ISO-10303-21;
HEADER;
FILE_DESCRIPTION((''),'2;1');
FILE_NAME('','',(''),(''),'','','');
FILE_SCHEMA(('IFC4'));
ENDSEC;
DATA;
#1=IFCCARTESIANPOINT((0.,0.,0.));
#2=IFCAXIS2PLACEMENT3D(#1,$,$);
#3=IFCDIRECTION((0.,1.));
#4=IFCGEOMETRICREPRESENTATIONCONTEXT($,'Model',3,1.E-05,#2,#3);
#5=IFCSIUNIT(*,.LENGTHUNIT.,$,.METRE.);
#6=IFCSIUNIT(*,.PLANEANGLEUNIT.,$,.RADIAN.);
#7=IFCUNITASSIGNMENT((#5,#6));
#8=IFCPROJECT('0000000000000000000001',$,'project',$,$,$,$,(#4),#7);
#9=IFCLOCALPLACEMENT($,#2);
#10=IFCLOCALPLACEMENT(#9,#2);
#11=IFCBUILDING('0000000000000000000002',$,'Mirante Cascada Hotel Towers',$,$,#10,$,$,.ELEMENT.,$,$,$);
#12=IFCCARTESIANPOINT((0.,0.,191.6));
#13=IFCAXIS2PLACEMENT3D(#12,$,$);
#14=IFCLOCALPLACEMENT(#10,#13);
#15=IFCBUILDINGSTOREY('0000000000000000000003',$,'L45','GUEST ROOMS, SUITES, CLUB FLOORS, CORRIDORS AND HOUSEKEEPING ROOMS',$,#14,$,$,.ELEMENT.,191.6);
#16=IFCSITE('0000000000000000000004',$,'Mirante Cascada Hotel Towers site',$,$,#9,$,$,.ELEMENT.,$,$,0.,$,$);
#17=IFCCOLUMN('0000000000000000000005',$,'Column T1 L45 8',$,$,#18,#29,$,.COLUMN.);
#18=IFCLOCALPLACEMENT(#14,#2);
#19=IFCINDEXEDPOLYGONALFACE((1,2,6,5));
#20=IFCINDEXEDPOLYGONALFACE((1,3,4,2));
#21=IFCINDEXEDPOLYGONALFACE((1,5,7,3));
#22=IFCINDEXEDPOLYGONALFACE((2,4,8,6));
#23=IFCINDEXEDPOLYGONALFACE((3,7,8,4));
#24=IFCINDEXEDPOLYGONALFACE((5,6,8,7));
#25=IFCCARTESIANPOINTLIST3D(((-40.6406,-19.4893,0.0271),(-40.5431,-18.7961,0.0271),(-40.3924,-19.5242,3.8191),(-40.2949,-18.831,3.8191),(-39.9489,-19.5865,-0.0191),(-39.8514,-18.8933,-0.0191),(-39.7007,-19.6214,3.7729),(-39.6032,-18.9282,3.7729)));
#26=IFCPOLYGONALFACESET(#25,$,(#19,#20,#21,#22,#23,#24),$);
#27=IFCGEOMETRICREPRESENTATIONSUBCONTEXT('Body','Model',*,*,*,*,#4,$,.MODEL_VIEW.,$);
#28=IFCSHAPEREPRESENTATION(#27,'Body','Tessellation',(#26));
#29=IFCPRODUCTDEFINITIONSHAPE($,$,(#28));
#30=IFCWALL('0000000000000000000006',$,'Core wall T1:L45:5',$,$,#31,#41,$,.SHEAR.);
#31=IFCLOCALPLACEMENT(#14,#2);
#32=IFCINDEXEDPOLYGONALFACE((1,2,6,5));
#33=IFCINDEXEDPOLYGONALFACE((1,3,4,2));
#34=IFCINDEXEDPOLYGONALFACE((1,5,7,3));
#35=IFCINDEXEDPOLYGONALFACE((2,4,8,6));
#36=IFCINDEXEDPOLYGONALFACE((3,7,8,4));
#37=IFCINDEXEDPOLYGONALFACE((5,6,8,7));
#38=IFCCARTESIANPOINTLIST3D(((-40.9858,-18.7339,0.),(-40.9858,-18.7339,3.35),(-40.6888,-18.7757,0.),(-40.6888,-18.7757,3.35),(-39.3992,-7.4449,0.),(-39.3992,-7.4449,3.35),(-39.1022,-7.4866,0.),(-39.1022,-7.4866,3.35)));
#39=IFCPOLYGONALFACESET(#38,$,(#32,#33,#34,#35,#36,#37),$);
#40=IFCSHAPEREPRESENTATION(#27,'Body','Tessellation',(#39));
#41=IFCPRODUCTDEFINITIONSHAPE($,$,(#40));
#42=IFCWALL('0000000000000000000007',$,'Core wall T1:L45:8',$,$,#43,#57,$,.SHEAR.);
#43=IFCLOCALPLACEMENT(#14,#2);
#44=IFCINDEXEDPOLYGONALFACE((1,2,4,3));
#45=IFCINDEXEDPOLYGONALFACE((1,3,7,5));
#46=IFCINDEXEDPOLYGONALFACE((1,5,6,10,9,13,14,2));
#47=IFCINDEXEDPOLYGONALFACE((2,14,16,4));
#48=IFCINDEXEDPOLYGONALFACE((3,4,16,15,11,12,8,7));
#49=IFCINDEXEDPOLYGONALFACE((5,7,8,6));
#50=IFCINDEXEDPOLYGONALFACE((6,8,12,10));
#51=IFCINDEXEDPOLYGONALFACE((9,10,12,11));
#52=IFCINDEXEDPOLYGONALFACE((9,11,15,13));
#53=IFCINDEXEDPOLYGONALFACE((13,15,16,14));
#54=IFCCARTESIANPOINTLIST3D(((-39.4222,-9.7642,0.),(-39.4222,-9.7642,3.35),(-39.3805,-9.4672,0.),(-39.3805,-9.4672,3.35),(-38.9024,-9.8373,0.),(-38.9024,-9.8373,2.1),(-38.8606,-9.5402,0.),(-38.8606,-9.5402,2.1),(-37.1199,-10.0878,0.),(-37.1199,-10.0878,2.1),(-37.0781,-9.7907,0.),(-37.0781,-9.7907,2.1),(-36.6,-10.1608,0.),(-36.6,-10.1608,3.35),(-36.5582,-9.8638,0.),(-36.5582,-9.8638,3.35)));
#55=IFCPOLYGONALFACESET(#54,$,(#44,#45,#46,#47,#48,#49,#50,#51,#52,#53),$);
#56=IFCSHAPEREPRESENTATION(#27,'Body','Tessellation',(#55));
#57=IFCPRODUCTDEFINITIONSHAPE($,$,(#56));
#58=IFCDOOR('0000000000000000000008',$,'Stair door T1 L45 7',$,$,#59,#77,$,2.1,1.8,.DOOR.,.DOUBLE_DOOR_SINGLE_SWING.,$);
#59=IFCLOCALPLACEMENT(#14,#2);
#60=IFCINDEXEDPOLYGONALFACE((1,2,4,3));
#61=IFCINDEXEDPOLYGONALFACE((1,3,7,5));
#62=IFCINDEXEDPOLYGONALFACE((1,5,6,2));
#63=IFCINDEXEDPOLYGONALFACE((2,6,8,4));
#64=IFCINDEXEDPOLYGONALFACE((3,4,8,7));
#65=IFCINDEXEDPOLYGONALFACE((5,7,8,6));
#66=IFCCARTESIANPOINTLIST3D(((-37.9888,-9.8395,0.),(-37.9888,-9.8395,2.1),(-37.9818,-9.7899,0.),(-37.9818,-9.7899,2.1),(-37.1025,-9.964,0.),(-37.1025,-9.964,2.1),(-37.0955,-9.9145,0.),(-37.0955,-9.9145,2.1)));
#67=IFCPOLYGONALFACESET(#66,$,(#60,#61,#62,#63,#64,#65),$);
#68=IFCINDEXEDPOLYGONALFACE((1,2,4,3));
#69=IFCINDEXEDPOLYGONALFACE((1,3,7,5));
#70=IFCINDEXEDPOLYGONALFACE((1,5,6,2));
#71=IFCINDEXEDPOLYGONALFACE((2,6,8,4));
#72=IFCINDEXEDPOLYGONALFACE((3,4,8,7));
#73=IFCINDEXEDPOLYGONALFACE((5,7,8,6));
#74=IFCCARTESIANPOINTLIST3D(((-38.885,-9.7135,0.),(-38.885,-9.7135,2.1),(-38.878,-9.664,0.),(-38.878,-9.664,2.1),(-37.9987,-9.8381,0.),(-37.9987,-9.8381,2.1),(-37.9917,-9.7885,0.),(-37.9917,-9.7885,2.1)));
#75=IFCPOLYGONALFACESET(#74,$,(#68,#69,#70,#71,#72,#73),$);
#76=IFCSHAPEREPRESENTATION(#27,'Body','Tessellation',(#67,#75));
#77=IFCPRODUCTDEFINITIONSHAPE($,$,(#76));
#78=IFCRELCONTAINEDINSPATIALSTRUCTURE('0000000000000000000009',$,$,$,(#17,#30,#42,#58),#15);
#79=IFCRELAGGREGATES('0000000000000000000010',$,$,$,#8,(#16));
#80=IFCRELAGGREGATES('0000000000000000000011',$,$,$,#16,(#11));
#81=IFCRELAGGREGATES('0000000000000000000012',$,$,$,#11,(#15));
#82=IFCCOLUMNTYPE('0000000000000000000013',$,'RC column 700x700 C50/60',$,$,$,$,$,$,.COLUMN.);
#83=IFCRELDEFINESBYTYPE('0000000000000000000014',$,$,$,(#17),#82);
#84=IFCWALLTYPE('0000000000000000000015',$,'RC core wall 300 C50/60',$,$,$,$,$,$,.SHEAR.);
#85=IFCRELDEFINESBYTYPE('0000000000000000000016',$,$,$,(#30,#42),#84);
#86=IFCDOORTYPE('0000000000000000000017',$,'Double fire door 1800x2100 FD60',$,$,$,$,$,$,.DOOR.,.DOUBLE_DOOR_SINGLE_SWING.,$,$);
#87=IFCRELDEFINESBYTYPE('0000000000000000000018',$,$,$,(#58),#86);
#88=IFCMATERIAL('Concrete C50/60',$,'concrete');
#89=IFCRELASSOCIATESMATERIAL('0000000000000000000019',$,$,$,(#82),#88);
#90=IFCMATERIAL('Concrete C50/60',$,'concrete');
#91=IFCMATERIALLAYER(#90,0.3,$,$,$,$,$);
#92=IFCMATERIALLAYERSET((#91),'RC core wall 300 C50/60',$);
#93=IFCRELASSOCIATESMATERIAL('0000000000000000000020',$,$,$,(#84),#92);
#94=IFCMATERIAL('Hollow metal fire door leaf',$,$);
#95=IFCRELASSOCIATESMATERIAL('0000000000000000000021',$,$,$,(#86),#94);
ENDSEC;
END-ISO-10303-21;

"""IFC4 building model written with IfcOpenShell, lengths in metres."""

from ifc_helpers import new_model, si_unit, direction, frame, frame_2d, origin, origin_2d, place, context, subcontext, project, spatial, rectangle, extrude, material, layer, layer_set, material_profile, profile_set, type_object, element, fill, save


model = new_model("IFC4")

# Units and contexts
model_context = context("Model", 3, precision=1e-05, world=origin(), true_north=direction((0.0, 1.0)))
body_context = subcontext(model_context, "Body", "Model", "MODEL_VIEW")
ifc_project = project(units=[si_unit("LENGTHUNIT", "METRE"), si_unit("PLANEANGLEUNIT", "RADIAN")], contexts=[model_context])

# Site, building, storey
site_placement = place(None, origin())
site = spatial("IfcSite", under=ifc_project, at=site_placement, Name="Mirante Cascada Hotel Towers site", CompositionType="ELEMENT", RefElevation=0.0)
building_placement = place(site_placement, origin())
building = spatial("IfcBuilding", under=site, at=building_placement, Name="Mirante Cascada Hotel Towers", CompositionType="ELEMENT")
storey_placement = place(building_placement, frame((0.0, 0.0, 191.6)))
storey = spatial("IfcBuildingStorey", under=building, at=storey_placement, Name="L45", Description="GUEST ROOMS, SUITES, CLUB FLOORS, CORRIDORS AND HOUSEKEEPING ROOMS", CompositionType="ELEMENT", Elevation=191.6)

# Column
ifc_material_1 = material(Name="Concrete C50/60", Category="concrete")
ifc_material_profile = material_profile(ifc_material_1, rectangle(XDim=0.7, YDim=0.7, at=origin_2d()), Name="RC column 700x700 C50/60")
ifc_profile_set = profile_set([ifc_material_profile], Name="Concrete C50/60")
column_type = type_object("IfcColumnType", Name="RC column 700x700 C50/60", PredefinedType="COLUMN", material=ifc_profile_set)
column_placement = place(storey_placement, frame((-40.246, -19.1913, 0.004), z_axis=(0.065311, -0.009184, 0.997823), x_axis=(0.139243, 0.990258, 0.0)))
element("IfcColumn", 1, at=column_placement, inside=storey, type_object=column_type, Name="Column T1 L45 8", PredefinedType="COLUMN", context=body_context, shape_type="SweptSolid", body=[
    extrude(rectangle(XDim=0.7, YDim=0.7, at=origin_2d()), origin(), (0.0, 0.0, 1.0), 3.8003),
])

# Wall
ifc_material_2 = material(Name="Concrete C50/60", Category="concrete")
ifc_layer_1 = layer(ifc_material_2, 0.3)
ifc_layer_set_1 = layer_set([ifc_layer_1], Name="RC core wall 300 C50/60")
wall_type_1 = type_object("IfcWallType", Name="RC core wall 300 C50/60", PredefinedType="SHEAR", material=ifc_layer_set_1)
wall_1_placement = place(storey_placement, frame((-40.8373, -18.7548, 0.0), z_axis=(0.0, 0.0, 1.0), x_axis=(0.139175, 0.990268, 0.0)))
element("IfcWall", 2, at=wall_1_placement, inside=storey, type_object=wall_type_1, Name="Core wall T1:L45:5", PredefinedType="SHEAR", context=body_context, shape_type="SweptSolid", body=[
    extrude(rectangle(XDim=11.4, YDim=0.3, at=frame_2d((5.7, 0.0))), origin(), (0.0, 0.0, 1.0), 3.35),
])

# Wall, opening, door
wall_2_placement = place(storey_placement, frame((-36.5791, -10.0123, 0.0), z_axis=(0.0, 0.0, 1.0), x_axis=(-0.99027, 0.139156, 0.0)))
wall_2 = element("IfcWall", 3, at=wall_2_placement, inside=storey, type_object=wall_type_1, Name="Core wall T1:L45:8", PredefinedType="SHEAR", context=body_context, shape_type="SweptSolid", body=[
    extrude(rectangle(XDim=2.85, YDim=0.3, at=frame_2d((1.425, 0.0))), origin(), (0.0, 0.0, 1.0), 3.35),
])
opening_1_placement = place(wall_2_placement, frame((0.525, 0.0, 0.0)))
opening_1 = element("IfcOpeningElement", 4, at=opening_1_placement, cuts=wall_2, PredefinedType="OPENING", context=body_context, shape_type="SweptSolid", body=[
    extrude(rectangle(XDim=1.8, YDim=2.1, at=frame_2d((0.9, 1.05))), frame((0.0, 0.15, 0.0), z_axis=(0.0, -1.0, 0.0), x_axis=(1.0, 0.0, 0.0)), (0.0, 0.0, 1.0), 0.3),
])
ifc_material_3 = material(Name="Hollow metal fire door leaf")
door_type_1 = type_object("IfcDoorType", Name="Double fire door 1800x2100 FD60", OperationType="DOUBLE_DOOR_SINGLE_SWING", PredefinedType="DOOR", material=ifc_material_3)
door_1_placement = place(opening_1_placement, origin())
door_1 = element("IfcDoor", 5, at=door_1_placement, inside=storey, type_object=door_type_1, Name="Stair door T1 L45 7", OperationType="DOUBLE_DOOR_SINGLE_SWING", OverallHeight=2.1, OverallWidth=1.8, PredefinedType="DOOR", context=body_context, shape_type="SweptSolid", body=[
    extrude(rectangle(XDim=0.895, YDim=2.1, at=frame_2d((0.4475, 1.05))), frame((0.0, 0.025, 0.0), z_axis=(0.0, -1.0, 0.0), x_axis=(1.0, 0.0, 0.0)), (0.0, 0.0, 1.0), 0.05),
    extrude(rectangle(XDim=0.895, YDim=2.1, at=frame_2d((1.3525, 1.05))), frame((0.0, 0.025, 0.0), z_axis=(0.0, -1.0, 0.0), x_axis=(1.0, 0.0, 0.0)), (0.0, 0.0, 1.0), 0.05),
])
fill(opening_1, door_1)

save(model, "model.ifc")
